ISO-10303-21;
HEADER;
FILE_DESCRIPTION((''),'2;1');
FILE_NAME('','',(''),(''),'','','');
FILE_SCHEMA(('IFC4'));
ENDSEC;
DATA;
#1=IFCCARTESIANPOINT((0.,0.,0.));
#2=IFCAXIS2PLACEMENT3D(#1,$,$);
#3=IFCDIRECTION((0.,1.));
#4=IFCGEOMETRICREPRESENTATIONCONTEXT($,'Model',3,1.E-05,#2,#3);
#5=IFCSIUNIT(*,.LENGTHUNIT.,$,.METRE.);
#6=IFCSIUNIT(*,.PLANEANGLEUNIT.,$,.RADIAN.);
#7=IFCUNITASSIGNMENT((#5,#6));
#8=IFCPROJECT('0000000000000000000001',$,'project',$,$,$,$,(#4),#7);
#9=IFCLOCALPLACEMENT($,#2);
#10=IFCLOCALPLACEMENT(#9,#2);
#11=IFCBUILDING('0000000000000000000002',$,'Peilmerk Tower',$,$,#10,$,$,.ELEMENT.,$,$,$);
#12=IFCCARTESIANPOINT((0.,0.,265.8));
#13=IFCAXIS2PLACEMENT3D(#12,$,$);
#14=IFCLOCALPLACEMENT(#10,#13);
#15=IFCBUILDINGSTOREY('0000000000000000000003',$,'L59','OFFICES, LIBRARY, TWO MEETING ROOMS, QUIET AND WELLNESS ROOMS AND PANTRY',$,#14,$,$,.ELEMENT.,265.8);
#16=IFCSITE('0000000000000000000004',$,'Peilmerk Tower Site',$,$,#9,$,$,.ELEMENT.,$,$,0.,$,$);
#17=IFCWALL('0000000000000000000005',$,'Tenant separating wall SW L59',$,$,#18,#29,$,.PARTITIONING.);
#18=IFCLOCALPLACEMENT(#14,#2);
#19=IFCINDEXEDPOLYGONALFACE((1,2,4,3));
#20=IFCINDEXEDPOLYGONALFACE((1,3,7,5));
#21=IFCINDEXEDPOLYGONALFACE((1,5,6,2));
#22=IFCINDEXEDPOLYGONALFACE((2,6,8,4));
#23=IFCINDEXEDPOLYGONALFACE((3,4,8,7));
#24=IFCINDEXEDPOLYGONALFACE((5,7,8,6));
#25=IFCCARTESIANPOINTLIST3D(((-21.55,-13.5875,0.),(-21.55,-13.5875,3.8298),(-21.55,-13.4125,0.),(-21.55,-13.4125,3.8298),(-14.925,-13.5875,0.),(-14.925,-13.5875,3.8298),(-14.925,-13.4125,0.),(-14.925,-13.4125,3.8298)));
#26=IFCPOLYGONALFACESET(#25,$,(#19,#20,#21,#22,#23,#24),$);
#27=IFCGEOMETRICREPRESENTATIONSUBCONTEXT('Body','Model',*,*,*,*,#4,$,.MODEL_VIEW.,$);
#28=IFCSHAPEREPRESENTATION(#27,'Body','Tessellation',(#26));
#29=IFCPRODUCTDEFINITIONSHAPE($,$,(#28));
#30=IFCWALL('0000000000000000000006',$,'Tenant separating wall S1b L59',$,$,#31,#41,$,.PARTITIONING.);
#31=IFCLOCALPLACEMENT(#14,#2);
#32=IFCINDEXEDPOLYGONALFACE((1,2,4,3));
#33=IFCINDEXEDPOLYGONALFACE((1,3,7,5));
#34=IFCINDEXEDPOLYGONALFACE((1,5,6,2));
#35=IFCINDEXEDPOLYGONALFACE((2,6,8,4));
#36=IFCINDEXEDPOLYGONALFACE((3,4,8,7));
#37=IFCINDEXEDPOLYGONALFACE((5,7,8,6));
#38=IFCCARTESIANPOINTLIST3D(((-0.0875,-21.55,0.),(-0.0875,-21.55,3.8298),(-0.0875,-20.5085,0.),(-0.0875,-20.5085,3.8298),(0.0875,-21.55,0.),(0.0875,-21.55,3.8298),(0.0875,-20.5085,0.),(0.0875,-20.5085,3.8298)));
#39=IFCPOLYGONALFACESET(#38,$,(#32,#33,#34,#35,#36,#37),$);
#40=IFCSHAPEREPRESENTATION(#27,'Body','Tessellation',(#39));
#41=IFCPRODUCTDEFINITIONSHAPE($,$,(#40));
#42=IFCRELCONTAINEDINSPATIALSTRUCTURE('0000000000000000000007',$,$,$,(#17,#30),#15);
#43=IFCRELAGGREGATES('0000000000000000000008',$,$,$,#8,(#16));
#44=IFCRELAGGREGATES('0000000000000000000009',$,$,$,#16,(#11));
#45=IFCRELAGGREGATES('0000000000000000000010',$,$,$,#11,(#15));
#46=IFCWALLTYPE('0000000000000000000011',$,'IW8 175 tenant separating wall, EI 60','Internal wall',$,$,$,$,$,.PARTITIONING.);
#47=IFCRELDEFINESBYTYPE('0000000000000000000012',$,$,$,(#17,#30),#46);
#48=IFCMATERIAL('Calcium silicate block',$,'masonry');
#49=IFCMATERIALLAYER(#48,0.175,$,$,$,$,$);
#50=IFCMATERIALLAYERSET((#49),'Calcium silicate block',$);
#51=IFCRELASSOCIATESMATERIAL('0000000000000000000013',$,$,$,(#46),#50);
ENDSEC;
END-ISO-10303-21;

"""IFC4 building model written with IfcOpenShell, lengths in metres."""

from ifc_helpers import new_model, si_unit, direction, frame, frame_2d, origin, place, context, subcontext, project, spatial, rectangle, extrude, material, layer, layer_set, type_object, element, save


model = new_model("IFC4")

# Units and contexts
model_context = context("Model", 3, precision=1e-05, world=origin(), true_north=direction((0.0, 1.0)))
body_context = subcontext(model_context, "Body", "Model", "MODEL_VIEW")
ifc_project = project(units=[si_unit("LENGTHUNIT", "METRE"), si_unit("PLANEANGLEUNIT", "RADIAN")], contexts=[model_context])

# Site, building, storey
site_placement = place(None, origin())
site = spatial("IfcSite", under=ifc_project, at=site_placement, Name="Peilmerk Tower Site", CompositionType="ELEMENT", RefElevation=0.0)
building_placement = place(site_placement, origin())
building = spatial("IfcBuilding", under=site, at=building_placement, Name="Peilmerk Tower", CompositionType="ELEMENT")
storey_placement = place(building_placement, frame((0.0, 0.0, 265.8)))
storey = spatial("IfcBuildingStorey", under=building, at=storey_placement, Name="L59", Description="OFFICES, LIBRARY, TWO MEETING ROOMS, QUIET AND WELLNESS ROOMS AND PANTRY", CompositionType="ELEMENT", Elevation=265.8)

# Shared definitions
ifc_material_1 = material(Name="Calcium silicate block", Category="masonry")

# Walls
ifc_layer_1 = layer(ifc_material_1, 0.175)
ifc_layer_set_1 = layer_set([ifc_layer_1], Name="Calcium silicate block")
wall_type_1 = type_object("IfcWallType", Name="IW8 175 tenant separating wall, EI 60", Description="Internal wall", PredefinedType="PARTITIONING", material=ifc_layer_set_1)
wall_1_placement = place(storey_placement, frame((-14.925, -13.5, 0.0), z_axis=(0.0, 0.0, 1.0), x_axis=(-1.0, 0.0, 0.0)))
element("IfcWall", 1, at=wall_1_placement, inside=storey, type_object=wall_type_1, Name="Tenant separating wall SW L59", PredefinedType="PARTITIONING", context=body_context, shape_type="SweptSolid", body=[
    extrude(rectangle(XDim=6.625, YDim=0.175, at=frame_2d((3.3125, 0.0))), origin(), (0.0, 0.0, 1.0), 3.8298),
])
wall_2_placement = place(storey_placement, frame((0.0, -20.5085, 0.0), z_axis=(0.0, 0.0, 1.0), x_axis=(0.0, -1.0, 0.0)))
element("IfcWall", 2, at=wall_2_placement, inside=storey, type_object=wall_type_1, Name="Tenant separating wall S1b L59", PredefinedType="PARTITIONING", context=body_context, shape_type="SweptSolid", body=[
    extrude(rectangle(XDim=1.0415, YDim=0.175, at=frame_2d((0.5208, 0.0))), origin(), (0.0, 0.0, 1.0), 3.8298),
])

save(model, "model.ifc")
